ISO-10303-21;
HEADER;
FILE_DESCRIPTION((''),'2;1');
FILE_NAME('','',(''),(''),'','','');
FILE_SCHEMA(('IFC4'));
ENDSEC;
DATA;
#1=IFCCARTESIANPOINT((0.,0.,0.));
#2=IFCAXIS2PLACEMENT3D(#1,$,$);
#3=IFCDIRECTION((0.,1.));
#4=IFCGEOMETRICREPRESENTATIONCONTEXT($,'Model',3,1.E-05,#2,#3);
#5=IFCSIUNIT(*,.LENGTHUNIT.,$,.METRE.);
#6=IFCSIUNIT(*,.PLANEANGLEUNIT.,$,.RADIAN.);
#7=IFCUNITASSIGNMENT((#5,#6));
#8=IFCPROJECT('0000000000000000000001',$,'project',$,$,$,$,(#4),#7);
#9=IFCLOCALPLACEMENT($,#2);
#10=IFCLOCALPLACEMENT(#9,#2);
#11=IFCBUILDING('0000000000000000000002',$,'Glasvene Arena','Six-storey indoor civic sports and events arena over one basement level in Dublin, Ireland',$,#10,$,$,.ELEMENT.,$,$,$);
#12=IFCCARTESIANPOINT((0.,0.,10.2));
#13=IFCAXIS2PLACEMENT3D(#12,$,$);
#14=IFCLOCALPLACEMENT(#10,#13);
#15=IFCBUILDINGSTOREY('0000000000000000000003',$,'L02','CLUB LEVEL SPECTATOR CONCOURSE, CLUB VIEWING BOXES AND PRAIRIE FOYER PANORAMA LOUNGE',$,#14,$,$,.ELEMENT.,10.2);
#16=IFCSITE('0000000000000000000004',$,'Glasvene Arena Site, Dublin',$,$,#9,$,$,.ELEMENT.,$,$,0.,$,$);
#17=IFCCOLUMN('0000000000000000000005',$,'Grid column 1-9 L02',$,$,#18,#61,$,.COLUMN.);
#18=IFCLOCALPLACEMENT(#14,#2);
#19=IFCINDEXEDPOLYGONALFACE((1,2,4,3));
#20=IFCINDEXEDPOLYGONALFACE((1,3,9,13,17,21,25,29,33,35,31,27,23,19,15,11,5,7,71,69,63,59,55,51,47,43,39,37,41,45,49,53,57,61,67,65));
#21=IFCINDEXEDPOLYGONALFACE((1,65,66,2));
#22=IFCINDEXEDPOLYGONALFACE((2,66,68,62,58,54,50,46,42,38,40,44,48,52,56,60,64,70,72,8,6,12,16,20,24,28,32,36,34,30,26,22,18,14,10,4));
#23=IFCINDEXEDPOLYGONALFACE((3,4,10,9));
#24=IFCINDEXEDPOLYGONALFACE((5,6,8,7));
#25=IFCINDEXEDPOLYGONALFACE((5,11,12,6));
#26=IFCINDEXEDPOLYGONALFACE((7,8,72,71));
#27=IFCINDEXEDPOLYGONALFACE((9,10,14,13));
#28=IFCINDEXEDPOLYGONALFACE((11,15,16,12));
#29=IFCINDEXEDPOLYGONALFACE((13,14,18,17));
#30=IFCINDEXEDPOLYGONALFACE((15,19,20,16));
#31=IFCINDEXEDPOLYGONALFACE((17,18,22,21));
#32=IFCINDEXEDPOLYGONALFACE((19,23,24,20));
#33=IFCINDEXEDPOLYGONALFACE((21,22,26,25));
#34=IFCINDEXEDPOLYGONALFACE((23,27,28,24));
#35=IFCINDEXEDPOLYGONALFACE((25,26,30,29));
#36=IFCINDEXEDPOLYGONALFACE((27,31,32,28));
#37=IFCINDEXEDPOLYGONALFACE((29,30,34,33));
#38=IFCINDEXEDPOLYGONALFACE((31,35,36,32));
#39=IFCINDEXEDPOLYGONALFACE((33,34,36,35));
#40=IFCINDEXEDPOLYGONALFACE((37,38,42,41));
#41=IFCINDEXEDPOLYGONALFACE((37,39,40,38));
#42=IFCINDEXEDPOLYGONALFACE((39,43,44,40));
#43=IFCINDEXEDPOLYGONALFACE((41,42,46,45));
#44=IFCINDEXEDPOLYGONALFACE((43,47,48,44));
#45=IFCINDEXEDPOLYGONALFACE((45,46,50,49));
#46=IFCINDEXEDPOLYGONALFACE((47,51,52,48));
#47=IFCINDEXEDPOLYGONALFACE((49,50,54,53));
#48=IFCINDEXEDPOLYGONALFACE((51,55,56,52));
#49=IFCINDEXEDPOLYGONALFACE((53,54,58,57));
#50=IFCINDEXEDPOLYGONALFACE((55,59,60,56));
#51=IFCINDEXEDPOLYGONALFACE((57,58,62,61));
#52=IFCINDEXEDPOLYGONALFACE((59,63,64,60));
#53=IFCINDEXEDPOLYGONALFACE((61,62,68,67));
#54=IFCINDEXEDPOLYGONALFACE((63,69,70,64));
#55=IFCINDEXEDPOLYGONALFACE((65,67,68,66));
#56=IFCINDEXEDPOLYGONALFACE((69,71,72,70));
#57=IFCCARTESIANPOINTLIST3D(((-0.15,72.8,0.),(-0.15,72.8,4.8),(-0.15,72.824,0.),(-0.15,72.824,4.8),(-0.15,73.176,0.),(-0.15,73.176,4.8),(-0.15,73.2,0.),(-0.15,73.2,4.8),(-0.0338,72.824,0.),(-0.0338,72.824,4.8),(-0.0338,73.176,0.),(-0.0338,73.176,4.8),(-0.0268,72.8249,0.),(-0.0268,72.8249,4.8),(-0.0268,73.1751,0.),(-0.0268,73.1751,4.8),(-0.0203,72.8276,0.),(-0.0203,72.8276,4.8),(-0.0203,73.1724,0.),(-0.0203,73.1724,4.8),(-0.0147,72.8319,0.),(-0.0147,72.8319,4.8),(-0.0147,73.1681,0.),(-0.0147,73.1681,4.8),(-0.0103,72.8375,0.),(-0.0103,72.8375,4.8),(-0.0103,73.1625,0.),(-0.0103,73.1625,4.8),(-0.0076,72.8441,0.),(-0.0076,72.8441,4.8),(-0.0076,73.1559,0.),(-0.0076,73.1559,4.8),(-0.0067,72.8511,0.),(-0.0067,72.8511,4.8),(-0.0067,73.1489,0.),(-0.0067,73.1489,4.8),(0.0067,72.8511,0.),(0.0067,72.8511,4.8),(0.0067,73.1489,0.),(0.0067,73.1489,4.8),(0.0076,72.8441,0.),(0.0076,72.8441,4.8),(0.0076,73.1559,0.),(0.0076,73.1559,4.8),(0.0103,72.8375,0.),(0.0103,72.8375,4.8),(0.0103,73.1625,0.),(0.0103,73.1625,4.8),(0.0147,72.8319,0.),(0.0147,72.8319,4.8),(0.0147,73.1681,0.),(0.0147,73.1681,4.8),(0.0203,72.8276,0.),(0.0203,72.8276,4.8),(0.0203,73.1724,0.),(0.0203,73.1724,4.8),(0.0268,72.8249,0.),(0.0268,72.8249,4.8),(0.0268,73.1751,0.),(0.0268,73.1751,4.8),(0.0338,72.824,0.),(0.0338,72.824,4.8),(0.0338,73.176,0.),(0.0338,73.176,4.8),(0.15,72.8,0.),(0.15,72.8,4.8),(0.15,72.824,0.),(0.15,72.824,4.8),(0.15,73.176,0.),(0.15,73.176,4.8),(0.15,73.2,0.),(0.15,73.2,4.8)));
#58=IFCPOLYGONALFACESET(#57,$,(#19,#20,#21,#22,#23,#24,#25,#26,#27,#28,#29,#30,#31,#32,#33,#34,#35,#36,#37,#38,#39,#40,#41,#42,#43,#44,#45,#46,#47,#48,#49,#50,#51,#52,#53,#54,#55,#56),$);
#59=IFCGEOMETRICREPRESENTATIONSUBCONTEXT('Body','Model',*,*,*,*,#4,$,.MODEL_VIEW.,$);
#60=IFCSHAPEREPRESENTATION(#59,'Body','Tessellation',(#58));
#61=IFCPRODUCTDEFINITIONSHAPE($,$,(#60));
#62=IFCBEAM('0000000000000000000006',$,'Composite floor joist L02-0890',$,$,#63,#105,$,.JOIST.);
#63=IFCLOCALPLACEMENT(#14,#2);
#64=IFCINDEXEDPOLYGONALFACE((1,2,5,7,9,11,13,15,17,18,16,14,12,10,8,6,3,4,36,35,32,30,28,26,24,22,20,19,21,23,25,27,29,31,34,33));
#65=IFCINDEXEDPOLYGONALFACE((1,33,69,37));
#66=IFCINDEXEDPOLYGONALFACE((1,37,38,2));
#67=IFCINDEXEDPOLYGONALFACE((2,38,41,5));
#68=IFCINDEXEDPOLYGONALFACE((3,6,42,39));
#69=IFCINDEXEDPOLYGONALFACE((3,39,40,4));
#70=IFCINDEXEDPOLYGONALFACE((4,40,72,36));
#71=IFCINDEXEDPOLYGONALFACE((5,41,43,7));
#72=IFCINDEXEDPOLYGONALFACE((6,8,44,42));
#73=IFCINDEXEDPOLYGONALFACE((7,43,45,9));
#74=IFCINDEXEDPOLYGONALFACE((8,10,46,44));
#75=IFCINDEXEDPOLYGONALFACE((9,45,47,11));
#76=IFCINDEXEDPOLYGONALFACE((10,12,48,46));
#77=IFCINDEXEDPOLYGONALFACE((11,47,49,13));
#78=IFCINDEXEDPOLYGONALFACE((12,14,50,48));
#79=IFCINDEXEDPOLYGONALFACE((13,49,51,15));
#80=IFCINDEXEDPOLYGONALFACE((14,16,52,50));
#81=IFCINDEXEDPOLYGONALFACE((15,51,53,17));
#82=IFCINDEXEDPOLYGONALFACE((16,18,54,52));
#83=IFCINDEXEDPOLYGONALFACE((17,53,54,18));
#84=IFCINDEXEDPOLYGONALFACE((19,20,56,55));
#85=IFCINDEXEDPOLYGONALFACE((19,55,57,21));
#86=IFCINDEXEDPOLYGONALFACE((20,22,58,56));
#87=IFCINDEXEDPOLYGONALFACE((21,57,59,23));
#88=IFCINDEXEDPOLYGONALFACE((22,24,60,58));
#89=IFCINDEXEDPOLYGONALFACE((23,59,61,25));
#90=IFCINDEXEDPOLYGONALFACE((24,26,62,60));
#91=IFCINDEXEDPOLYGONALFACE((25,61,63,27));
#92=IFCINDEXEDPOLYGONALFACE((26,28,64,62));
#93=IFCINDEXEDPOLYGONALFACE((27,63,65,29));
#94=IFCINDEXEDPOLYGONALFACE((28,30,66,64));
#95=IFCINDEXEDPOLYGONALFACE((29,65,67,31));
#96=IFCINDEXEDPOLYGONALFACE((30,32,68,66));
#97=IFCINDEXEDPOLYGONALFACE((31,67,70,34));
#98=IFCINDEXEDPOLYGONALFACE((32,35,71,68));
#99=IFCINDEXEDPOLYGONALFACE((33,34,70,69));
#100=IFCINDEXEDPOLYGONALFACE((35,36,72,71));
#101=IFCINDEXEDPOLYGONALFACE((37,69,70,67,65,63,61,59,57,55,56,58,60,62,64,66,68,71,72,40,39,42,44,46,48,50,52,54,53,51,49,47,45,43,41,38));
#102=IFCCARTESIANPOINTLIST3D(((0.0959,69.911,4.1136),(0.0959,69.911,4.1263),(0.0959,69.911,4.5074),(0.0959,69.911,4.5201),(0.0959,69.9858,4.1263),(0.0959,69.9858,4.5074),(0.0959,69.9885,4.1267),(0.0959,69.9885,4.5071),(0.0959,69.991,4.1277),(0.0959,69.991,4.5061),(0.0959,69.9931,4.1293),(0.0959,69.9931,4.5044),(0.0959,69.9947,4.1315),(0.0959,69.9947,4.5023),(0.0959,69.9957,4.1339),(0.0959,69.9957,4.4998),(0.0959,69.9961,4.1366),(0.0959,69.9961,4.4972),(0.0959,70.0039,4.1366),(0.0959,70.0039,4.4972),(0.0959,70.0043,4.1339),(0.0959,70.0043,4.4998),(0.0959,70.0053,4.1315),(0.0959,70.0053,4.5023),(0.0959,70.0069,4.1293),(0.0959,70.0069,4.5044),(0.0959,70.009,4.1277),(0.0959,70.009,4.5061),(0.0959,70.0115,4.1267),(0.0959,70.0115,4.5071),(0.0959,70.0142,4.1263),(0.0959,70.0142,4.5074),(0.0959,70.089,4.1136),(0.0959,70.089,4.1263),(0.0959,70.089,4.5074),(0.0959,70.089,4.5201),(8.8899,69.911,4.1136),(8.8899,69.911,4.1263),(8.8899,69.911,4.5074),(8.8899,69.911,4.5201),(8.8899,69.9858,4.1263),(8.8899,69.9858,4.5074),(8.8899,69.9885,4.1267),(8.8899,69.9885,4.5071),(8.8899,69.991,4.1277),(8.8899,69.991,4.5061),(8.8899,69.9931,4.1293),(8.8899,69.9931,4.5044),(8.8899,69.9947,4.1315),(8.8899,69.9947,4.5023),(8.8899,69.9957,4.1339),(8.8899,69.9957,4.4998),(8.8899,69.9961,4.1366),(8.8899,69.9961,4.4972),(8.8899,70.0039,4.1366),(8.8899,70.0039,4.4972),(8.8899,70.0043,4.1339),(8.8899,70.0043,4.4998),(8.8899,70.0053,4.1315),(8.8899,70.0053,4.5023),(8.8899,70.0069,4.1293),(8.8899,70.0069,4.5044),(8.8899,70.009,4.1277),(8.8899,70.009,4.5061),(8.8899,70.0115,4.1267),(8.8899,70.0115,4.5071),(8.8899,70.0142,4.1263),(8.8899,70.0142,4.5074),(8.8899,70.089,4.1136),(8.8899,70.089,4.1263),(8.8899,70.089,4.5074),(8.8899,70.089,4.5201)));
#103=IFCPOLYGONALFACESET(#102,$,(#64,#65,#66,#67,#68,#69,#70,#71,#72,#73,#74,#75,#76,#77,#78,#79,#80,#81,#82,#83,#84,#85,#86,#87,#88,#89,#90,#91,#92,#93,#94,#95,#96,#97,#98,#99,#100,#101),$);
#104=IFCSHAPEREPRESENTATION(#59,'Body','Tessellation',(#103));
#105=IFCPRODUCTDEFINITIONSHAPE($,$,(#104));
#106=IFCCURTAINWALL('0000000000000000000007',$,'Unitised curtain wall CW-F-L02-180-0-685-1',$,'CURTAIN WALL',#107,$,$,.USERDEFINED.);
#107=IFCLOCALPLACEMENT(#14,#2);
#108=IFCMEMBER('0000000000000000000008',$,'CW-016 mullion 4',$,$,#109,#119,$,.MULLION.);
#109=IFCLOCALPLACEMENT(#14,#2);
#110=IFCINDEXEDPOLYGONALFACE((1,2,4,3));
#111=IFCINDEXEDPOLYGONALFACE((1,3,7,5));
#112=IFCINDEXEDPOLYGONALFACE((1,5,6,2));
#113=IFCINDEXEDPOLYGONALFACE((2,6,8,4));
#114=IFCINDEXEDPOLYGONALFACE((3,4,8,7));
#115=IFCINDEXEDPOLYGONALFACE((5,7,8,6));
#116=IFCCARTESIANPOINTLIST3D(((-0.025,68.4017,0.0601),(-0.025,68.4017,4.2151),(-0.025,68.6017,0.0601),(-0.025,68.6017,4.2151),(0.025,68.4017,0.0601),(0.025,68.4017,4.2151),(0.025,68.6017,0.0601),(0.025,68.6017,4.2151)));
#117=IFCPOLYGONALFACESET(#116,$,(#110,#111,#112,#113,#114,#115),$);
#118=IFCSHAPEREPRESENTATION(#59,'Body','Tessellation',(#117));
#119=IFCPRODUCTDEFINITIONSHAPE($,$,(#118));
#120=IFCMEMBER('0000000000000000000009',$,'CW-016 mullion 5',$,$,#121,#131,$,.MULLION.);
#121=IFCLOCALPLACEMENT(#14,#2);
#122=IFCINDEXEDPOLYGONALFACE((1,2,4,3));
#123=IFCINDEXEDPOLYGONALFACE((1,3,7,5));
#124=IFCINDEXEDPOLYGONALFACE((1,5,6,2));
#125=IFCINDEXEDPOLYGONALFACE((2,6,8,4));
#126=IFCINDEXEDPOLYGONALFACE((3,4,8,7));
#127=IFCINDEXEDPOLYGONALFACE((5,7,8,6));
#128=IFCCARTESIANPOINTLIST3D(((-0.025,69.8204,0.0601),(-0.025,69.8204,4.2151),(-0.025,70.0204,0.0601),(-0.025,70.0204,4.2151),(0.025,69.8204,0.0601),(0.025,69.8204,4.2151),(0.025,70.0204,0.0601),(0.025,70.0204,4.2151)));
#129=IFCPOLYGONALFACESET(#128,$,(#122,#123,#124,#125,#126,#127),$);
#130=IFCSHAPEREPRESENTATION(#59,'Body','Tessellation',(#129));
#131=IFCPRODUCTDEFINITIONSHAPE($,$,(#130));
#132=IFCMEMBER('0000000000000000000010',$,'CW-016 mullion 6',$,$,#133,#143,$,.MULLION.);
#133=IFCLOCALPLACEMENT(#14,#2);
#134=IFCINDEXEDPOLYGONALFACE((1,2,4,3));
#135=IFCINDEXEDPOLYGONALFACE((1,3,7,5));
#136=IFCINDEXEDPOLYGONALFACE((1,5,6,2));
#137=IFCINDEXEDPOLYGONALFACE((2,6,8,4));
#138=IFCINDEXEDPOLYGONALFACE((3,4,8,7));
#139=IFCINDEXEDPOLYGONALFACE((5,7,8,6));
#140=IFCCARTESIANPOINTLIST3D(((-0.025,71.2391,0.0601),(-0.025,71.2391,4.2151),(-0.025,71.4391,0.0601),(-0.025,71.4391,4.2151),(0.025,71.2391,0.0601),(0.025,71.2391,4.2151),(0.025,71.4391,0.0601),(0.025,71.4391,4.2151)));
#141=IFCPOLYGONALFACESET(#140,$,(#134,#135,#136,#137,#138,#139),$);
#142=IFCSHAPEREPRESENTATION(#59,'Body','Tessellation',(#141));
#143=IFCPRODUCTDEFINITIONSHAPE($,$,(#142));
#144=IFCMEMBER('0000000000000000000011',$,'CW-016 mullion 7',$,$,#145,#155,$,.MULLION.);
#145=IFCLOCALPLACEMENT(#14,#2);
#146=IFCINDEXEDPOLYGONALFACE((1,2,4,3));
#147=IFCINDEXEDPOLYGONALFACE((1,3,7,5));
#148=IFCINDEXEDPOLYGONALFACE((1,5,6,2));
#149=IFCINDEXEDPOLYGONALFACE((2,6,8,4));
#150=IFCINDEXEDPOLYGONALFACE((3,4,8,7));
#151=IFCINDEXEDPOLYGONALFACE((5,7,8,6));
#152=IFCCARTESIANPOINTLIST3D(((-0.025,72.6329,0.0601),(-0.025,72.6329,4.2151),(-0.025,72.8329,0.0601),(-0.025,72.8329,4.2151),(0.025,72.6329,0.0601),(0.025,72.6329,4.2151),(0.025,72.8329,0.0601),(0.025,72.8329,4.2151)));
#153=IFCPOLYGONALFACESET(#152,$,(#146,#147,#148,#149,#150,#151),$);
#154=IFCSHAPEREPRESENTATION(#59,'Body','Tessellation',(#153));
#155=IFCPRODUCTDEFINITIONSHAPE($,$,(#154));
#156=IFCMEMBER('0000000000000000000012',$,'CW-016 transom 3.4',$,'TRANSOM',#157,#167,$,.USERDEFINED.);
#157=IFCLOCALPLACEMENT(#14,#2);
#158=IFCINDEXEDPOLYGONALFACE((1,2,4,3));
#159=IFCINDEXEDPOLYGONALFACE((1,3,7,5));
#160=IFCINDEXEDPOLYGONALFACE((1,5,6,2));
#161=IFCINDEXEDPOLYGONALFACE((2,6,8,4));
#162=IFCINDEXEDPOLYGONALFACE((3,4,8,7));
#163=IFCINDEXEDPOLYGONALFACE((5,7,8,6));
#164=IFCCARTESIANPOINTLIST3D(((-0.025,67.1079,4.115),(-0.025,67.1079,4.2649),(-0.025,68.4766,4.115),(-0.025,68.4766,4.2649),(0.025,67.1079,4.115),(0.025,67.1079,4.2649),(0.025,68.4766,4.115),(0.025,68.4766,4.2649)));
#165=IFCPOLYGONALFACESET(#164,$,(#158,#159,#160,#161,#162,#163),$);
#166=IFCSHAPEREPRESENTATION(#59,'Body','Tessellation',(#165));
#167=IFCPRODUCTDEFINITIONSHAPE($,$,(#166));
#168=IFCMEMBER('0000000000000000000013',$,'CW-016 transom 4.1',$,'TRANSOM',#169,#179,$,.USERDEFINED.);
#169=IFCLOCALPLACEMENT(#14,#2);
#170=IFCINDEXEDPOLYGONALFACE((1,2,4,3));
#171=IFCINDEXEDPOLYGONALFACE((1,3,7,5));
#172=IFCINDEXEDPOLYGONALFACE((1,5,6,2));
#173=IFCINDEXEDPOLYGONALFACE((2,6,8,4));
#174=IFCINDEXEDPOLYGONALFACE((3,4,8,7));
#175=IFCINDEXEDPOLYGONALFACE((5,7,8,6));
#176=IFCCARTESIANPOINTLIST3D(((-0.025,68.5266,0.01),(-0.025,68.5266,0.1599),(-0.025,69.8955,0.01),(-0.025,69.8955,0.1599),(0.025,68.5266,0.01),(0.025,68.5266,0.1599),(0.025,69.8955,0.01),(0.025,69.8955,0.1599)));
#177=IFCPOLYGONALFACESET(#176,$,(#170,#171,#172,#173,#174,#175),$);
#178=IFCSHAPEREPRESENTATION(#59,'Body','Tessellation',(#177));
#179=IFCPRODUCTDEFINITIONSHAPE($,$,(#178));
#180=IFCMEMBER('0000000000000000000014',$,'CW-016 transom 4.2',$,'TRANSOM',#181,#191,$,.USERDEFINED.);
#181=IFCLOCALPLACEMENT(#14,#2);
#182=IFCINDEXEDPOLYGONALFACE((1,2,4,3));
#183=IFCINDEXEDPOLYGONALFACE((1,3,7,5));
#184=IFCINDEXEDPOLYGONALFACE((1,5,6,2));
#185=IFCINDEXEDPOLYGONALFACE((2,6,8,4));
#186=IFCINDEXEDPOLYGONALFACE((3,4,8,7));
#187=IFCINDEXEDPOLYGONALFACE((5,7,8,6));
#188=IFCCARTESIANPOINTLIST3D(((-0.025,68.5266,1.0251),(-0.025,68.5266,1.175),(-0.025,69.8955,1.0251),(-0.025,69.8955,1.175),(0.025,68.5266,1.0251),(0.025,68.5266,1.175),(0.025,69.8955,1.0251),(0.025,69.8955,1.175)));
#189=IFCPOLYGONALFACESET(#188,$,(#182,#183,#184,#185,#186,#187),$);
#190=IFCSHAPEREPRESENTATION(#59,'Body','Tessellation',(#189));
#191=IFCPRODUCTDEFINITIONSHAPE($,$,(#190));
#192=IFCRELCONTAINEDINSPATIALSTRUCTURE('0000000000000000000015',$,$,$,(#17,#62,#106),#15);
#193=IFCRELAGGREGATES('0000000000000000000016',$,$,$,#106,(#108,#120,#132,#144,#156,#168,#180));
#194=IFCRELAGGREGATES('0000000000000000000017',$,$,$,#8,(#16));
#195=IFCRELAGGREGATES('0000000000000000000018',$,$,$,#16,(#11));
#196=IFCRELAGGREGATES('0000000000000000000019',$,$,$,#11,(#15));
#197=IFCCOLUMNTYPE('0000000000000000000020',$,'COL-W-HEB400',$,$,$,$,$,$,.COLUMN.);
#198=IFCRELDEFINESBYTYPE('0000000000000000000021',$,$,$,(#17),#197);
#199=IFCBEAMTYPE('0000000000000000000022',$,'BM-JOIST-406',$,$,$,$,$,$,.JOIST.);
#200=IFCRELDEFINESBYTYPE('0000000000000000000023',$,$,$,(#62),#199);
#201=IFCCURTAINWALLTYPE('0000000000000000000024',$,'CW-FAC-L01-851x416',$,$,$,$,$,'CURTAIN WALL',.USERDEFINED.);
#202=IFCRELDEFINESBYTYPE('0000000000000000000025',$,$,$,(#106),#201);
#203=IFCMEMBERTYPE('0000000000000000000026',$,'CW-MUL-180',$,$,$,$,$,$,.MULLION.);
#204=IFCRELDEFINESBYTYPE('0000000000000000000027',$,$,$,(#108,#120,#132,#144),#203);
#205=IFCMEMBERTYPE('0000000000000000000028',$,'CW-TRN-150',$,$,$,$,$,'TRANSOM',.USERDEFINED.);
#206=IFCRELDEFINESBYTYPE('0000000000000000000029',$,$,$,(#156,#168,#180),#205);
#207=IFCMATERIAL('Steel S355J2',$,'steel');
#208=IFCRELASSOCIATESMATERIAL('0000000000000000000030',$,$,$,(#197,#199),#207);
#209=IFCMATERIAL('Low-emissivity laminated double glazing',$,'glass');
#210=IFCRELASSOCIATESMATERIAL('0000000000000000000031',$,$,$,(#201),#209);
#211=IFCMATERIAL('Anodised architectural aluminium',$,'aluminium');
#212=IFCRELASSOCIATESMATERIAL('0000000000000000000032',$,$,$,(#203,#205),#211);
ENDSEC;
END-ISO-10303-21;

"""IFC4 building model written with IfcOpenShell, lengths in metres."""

from ifc_helpers import new_model, si_unit, direction, frame, origin, origin_2d, place, context, subcontext, project, spatial, rectangle, i_section, extrude, material, material_profile, profile_set, type_object, element, aggregate, save


model = new_model("IFC4")

# Units and contexts
model_context = context("Model", 3, precision=1e-05, world=origin(), true_north=direction((0.0, 1.0)))
body_context = subcontext(model_context, "Body", "Model", "MODEL_VIEW")
ifc_project = project(units=[si_unit("LENGTHUNIT", "METRE"), si_unit("PLANEANGLEUNIT", "RADIAN")], contexts=[model_context])

# Site, building, storey
site_placement = place(None, origin())
site = spatial("IfcSite", under=ifc_project, at=site_placement, Name="Glasvene Arena Site, Dublin", CompositionType="ELEMENT", RefElevation=0.0)
building_placement = place(site_placement, origin())
building = spatial("IfcBuilding", under=site, at=building_placement, Name="Glasvene Arena", Description="Six-storey indoor civic sports and events arena over one basement level in Dublin, Ireland", CompositionType="ELEMENT")
storey_placement = place(building_placement, frame((0.0, 0.0, 10.2)))
storey = spatial("IfcBuildingStorey", under=building, at=storey_placement, Name="L02", Description="CLUB LEVEL SPECTATOR CONCOURSE, CLUB VIEWING BOXES AND PRAIRIE FOYER PANORAMA LOUNGE", CompositionType="ELEMENT", Elevation=10.2)

# Column
ifc_material_1 = material(Name="Steel S355J2", Category="steel")
ifc_material_profile_1 = material_profile(ifc_material_1, i_section(OverallWidth=0.3, OverallDepth=0.3999, WebThickness=0.0134, FlangeThickness=0.0239, FilletRadius=0.0271, at=origin_2d()), Name="HEB 400")
ifc_profile_set_1 = profile_set([ifc_material_profile_1], Name="Steel S355J2")
column_type = type_object("IfcColumnType", Name="COL-W-HEB400", PredefinedType="COLUMN", material=ifc_profile_set_1)
column_placement = place(storey_placement, frame((0.0, 73.0, 0.0), z_axis=(0.0, 0.0, 1.0), x_axis=(1.0, 0.0, 0.0)))
element("IfcColumn", 1, at=column_placement, inside=storey, type_object=column_type, Name="Grid column 1-9 L02", PredefinedType="COLUMN", context=body_context, shape_type="SweptSolid", body=[
    extrude(i_section(OverallWidth=0.3, OverallDepth=0.3999, WebThickness=0.0134, FlangeThickness=0.0239, FilletRadius=0.0271, at=origin_2d()), origin(), (0.0, 0.0, 1.0), 4.8),
])

# Beam
ifc_material_profile_2 = material_profile(ifc_material_1, i_section(OverallWidth=0.178, OverallDepth=0.4065, WebThickness=0.0078, FlangeThickness=0.0127, FilletRadius=0.0103, at=origin_2d()), Name="UKB 406x178x60")
ifc_profile_set_2 = profile_set([ifc_material_profile_2], Name="Steel S355J2")
beam_type = type_object("IfcBeamType", Name="BM-JOIST-406", PredefinedType="JOIST", material=ifc_profile_set_2)
beam_placement = place(storey_placement, frame((0.0959, 70.0, 4.3169), z_axis=(1.0, 0.0, 0.0), x_axis=(0.0, 1.0, 0.0)))
element("IfcBeam", 2, at=beam_placement, inside=storey, type_object=beam_type, Name="Composite floor joist L02-0890", PredefinedType="JOIST", context=body_context, shape_type="SweptSolid", body=[
    extrude(i_section(OverallWidth=0.178, OverallDepth=0.4065, WebThickness=0.0078, FlangeThickness=0.0127, FilletRadius=0.0103, at=origin_2d()), origin(), (0.0, 0.0, 1.0), 8.7939),
])

# Curtain wall, members
ifc_material_2 = material(Name="Low-emissivity laminated double glazing", Category="glass")
curtain_wall_type = type_object("IfcCurtainWallType", Name="CW-FAC-L01-851x416", ElementType="CURTAIN WALL", PredefinedType="USERDEFINED", material=ifc_material_2)
curtain_wall_placement = place(storey_placement, frame((0.0, 64.2451, 0.0)))
curtain_wall = element("IfcCurtainWall", 3, at=curtain_wall_placement, inside=storey, type_object=curtain_wall_type, Name="Unitised curtain wall CW-F-L02-180-0-685-1", ObjectType="CURTAIN WALL", PredefinedType="USERDEFINED")
ifc_material_3 = material(Name="Anodised architectural aluminium", Category="aluminium")
ifc_material_profile_3 = material_profile(ifc_material_3, rectangle(XDim=0.05, YDim=0.2, at=origin_2d()), Name="ALU MULLION 50x200")
ifc_profile_set_3 = profile_set([ifc_material_profile_3], Name="Anodised architectural aluminium")
member_type_1 = type_object("IfcMemberType", Name="CW-MUL-180", PredefinedType="MULLION", material=ifc_profile_set_3)
member_1_placement = place(storey_placement, frame((0.0, 68.5017, 0.0601), z_axis=(0.0, 0.0, 1.0), x_axis=(-1.0, 0.0, 0.0)))
member_1 = element("IfcMember", 4, at=member_1_placement, type_object=member_type_1, Name="CW-016 mullion 4", PredefinedType="MULLION", context=body_context, shape_type="SweptSolid", body=[
    extrude(rectangle(XDim=0.05, YDim=0.2, at=origin_2d()), origin(), (0.0, 0.0, 1.0), 4.155),
])
member_2_placement = place(storey_placement, frame((0.0, 69.9204, 0.0601), z_axis=(0.0, 0.0, 1.0), x_axis=(-1.0, 0.0, 0.0)))
member_2 = element("IfcMember", 5, at=member_2_placement, type_object=member_type_1, Name="CW-016 mullion 5", PredefinedType="MULLION", context=body_context, shape_type="SweptSolid", body=[
    extrude(rectangle(XDim=0.05, YDim=0.2, at=origin_2d()), origin(), (0.0, 0.0, 1.0), 4.155),
])
member_3_placement = place(storey_placement, frame((0.0, 71.3391, 0.0601), z_axis=(0.0, 0.0, 1.0), x_axis=(-1.0, 0.0, 0.0)))
member_3 = element("IfcMember", 6, at=member_3_placement, type_object=member_type_1, Name="CW-016 mullion 6", PredefinedType="MULLION", context=body_context, shape_type="SweptSolid", body=[
    extrude(rectangle(XDim=0.05, YDim=0.2, at=origin_2d()), origin(), (0.0, 0.0, 1.0), 4.155),
])
member_4_placement = place(storey_placement, frame((0.0, 72.7329, 0.0601), z_axis=(0.0, 0.0, 1.0), x_axis=(-1.0, 0.0, 0.0)))
member_4 = element("IfcMember", 7, at=member_4_placement, type_object=member_type_1, Name="CW-016 mullion 7", PredefinedType="MULLION", context=body_context, shape_type="SweptSolid", body=[
    extrude(rectangle(XDim=0.05, YDim=0.2, at=origin_2d()), origin(), (0.0, 0.0, 1.0), 4.155),
])
ifc_material_profile_4 = material_profile(ifc_material_3, rectangle(XDim=0.05, YDim=0.1499, at=origin_2d()), Name="ALU TRANSOM 50x150")
ifc_profile_set_4 = profile_set([ifc_material_profile_4], Name="Anodised architectural aluminium")
member_type_2 = type_object("IfcMemberType", Name="CW-TRN-150", ElementType="TRANSOM", PredefinedType="USERDEFINED", material=ifc_profile_set_4)
member_5_placement = place(storey_placement, frame((0.0, 67.1079, 4.1899), z_axis=(0.0, 1.0, 0.0), x_axis=(-1.0, 0.0, 0.0)))
member_5 = element("IfcMember", 8, at=member_5_placement, type_object=member_type_2, Name="CW-016 transom 3.4", ObjectType="TRANSOM", PredefinedType="USERDEFINED", context=body_context, shape_type="SweptSolid", body=[
    extrude(rectangle(XDim=0.05, YDim=0.1499, at=origin_2d()), origin(), (0.0, 0.0, 1.0), 1.3687),
])
member_6_placement = place(storey_placement, frame((0.0, 68.5266, 0.085), z_axis=(0.0, 1.0, 0.0), x_axis=(-1.0, 0.0, 0.0)))
member_6 = element("IfcMember", 9, at=member_6_placement, type_object=member_type_2, Name="CW-016 transom 4.1", ObjectType="TRANSOM", PredefinedType="USERDEFINED", context=body_context, shape_type="SweptSolid", body=[
    extrude(rectangle(XDim=0.05, YDim=0.1499, at=origin_2d()), origin(), (0.0, 0.0, 1.0), 1.3689),
])
member_7_placement = place(storey_placement, frame((0.0, 68.5266, 1.1001), z_axis=(0.0, 1.0, 0.0), x_axis=(-1.0, 0.0, 0.0)))
member_7 = element("IfcMember", 10, at=member_7_placement, type_object=member_type_2, Name="CW-016 transom 4.2", ObjectType="TRANSOM", PredefinedType="USERDEFINED", context=body_context, shape_type="SweptSolid", body=[
    extrude(rectangle(XDim=0.05, YDim=0.1499, at=origin_2d()), origin(), (0.0, 0.0, 1.0), 1.3689),
])
aggregate(curtain_wall, [member_1, member_2, member_3, member_4, member_5, member_6, member_7])

save(model, "model.ifc")
